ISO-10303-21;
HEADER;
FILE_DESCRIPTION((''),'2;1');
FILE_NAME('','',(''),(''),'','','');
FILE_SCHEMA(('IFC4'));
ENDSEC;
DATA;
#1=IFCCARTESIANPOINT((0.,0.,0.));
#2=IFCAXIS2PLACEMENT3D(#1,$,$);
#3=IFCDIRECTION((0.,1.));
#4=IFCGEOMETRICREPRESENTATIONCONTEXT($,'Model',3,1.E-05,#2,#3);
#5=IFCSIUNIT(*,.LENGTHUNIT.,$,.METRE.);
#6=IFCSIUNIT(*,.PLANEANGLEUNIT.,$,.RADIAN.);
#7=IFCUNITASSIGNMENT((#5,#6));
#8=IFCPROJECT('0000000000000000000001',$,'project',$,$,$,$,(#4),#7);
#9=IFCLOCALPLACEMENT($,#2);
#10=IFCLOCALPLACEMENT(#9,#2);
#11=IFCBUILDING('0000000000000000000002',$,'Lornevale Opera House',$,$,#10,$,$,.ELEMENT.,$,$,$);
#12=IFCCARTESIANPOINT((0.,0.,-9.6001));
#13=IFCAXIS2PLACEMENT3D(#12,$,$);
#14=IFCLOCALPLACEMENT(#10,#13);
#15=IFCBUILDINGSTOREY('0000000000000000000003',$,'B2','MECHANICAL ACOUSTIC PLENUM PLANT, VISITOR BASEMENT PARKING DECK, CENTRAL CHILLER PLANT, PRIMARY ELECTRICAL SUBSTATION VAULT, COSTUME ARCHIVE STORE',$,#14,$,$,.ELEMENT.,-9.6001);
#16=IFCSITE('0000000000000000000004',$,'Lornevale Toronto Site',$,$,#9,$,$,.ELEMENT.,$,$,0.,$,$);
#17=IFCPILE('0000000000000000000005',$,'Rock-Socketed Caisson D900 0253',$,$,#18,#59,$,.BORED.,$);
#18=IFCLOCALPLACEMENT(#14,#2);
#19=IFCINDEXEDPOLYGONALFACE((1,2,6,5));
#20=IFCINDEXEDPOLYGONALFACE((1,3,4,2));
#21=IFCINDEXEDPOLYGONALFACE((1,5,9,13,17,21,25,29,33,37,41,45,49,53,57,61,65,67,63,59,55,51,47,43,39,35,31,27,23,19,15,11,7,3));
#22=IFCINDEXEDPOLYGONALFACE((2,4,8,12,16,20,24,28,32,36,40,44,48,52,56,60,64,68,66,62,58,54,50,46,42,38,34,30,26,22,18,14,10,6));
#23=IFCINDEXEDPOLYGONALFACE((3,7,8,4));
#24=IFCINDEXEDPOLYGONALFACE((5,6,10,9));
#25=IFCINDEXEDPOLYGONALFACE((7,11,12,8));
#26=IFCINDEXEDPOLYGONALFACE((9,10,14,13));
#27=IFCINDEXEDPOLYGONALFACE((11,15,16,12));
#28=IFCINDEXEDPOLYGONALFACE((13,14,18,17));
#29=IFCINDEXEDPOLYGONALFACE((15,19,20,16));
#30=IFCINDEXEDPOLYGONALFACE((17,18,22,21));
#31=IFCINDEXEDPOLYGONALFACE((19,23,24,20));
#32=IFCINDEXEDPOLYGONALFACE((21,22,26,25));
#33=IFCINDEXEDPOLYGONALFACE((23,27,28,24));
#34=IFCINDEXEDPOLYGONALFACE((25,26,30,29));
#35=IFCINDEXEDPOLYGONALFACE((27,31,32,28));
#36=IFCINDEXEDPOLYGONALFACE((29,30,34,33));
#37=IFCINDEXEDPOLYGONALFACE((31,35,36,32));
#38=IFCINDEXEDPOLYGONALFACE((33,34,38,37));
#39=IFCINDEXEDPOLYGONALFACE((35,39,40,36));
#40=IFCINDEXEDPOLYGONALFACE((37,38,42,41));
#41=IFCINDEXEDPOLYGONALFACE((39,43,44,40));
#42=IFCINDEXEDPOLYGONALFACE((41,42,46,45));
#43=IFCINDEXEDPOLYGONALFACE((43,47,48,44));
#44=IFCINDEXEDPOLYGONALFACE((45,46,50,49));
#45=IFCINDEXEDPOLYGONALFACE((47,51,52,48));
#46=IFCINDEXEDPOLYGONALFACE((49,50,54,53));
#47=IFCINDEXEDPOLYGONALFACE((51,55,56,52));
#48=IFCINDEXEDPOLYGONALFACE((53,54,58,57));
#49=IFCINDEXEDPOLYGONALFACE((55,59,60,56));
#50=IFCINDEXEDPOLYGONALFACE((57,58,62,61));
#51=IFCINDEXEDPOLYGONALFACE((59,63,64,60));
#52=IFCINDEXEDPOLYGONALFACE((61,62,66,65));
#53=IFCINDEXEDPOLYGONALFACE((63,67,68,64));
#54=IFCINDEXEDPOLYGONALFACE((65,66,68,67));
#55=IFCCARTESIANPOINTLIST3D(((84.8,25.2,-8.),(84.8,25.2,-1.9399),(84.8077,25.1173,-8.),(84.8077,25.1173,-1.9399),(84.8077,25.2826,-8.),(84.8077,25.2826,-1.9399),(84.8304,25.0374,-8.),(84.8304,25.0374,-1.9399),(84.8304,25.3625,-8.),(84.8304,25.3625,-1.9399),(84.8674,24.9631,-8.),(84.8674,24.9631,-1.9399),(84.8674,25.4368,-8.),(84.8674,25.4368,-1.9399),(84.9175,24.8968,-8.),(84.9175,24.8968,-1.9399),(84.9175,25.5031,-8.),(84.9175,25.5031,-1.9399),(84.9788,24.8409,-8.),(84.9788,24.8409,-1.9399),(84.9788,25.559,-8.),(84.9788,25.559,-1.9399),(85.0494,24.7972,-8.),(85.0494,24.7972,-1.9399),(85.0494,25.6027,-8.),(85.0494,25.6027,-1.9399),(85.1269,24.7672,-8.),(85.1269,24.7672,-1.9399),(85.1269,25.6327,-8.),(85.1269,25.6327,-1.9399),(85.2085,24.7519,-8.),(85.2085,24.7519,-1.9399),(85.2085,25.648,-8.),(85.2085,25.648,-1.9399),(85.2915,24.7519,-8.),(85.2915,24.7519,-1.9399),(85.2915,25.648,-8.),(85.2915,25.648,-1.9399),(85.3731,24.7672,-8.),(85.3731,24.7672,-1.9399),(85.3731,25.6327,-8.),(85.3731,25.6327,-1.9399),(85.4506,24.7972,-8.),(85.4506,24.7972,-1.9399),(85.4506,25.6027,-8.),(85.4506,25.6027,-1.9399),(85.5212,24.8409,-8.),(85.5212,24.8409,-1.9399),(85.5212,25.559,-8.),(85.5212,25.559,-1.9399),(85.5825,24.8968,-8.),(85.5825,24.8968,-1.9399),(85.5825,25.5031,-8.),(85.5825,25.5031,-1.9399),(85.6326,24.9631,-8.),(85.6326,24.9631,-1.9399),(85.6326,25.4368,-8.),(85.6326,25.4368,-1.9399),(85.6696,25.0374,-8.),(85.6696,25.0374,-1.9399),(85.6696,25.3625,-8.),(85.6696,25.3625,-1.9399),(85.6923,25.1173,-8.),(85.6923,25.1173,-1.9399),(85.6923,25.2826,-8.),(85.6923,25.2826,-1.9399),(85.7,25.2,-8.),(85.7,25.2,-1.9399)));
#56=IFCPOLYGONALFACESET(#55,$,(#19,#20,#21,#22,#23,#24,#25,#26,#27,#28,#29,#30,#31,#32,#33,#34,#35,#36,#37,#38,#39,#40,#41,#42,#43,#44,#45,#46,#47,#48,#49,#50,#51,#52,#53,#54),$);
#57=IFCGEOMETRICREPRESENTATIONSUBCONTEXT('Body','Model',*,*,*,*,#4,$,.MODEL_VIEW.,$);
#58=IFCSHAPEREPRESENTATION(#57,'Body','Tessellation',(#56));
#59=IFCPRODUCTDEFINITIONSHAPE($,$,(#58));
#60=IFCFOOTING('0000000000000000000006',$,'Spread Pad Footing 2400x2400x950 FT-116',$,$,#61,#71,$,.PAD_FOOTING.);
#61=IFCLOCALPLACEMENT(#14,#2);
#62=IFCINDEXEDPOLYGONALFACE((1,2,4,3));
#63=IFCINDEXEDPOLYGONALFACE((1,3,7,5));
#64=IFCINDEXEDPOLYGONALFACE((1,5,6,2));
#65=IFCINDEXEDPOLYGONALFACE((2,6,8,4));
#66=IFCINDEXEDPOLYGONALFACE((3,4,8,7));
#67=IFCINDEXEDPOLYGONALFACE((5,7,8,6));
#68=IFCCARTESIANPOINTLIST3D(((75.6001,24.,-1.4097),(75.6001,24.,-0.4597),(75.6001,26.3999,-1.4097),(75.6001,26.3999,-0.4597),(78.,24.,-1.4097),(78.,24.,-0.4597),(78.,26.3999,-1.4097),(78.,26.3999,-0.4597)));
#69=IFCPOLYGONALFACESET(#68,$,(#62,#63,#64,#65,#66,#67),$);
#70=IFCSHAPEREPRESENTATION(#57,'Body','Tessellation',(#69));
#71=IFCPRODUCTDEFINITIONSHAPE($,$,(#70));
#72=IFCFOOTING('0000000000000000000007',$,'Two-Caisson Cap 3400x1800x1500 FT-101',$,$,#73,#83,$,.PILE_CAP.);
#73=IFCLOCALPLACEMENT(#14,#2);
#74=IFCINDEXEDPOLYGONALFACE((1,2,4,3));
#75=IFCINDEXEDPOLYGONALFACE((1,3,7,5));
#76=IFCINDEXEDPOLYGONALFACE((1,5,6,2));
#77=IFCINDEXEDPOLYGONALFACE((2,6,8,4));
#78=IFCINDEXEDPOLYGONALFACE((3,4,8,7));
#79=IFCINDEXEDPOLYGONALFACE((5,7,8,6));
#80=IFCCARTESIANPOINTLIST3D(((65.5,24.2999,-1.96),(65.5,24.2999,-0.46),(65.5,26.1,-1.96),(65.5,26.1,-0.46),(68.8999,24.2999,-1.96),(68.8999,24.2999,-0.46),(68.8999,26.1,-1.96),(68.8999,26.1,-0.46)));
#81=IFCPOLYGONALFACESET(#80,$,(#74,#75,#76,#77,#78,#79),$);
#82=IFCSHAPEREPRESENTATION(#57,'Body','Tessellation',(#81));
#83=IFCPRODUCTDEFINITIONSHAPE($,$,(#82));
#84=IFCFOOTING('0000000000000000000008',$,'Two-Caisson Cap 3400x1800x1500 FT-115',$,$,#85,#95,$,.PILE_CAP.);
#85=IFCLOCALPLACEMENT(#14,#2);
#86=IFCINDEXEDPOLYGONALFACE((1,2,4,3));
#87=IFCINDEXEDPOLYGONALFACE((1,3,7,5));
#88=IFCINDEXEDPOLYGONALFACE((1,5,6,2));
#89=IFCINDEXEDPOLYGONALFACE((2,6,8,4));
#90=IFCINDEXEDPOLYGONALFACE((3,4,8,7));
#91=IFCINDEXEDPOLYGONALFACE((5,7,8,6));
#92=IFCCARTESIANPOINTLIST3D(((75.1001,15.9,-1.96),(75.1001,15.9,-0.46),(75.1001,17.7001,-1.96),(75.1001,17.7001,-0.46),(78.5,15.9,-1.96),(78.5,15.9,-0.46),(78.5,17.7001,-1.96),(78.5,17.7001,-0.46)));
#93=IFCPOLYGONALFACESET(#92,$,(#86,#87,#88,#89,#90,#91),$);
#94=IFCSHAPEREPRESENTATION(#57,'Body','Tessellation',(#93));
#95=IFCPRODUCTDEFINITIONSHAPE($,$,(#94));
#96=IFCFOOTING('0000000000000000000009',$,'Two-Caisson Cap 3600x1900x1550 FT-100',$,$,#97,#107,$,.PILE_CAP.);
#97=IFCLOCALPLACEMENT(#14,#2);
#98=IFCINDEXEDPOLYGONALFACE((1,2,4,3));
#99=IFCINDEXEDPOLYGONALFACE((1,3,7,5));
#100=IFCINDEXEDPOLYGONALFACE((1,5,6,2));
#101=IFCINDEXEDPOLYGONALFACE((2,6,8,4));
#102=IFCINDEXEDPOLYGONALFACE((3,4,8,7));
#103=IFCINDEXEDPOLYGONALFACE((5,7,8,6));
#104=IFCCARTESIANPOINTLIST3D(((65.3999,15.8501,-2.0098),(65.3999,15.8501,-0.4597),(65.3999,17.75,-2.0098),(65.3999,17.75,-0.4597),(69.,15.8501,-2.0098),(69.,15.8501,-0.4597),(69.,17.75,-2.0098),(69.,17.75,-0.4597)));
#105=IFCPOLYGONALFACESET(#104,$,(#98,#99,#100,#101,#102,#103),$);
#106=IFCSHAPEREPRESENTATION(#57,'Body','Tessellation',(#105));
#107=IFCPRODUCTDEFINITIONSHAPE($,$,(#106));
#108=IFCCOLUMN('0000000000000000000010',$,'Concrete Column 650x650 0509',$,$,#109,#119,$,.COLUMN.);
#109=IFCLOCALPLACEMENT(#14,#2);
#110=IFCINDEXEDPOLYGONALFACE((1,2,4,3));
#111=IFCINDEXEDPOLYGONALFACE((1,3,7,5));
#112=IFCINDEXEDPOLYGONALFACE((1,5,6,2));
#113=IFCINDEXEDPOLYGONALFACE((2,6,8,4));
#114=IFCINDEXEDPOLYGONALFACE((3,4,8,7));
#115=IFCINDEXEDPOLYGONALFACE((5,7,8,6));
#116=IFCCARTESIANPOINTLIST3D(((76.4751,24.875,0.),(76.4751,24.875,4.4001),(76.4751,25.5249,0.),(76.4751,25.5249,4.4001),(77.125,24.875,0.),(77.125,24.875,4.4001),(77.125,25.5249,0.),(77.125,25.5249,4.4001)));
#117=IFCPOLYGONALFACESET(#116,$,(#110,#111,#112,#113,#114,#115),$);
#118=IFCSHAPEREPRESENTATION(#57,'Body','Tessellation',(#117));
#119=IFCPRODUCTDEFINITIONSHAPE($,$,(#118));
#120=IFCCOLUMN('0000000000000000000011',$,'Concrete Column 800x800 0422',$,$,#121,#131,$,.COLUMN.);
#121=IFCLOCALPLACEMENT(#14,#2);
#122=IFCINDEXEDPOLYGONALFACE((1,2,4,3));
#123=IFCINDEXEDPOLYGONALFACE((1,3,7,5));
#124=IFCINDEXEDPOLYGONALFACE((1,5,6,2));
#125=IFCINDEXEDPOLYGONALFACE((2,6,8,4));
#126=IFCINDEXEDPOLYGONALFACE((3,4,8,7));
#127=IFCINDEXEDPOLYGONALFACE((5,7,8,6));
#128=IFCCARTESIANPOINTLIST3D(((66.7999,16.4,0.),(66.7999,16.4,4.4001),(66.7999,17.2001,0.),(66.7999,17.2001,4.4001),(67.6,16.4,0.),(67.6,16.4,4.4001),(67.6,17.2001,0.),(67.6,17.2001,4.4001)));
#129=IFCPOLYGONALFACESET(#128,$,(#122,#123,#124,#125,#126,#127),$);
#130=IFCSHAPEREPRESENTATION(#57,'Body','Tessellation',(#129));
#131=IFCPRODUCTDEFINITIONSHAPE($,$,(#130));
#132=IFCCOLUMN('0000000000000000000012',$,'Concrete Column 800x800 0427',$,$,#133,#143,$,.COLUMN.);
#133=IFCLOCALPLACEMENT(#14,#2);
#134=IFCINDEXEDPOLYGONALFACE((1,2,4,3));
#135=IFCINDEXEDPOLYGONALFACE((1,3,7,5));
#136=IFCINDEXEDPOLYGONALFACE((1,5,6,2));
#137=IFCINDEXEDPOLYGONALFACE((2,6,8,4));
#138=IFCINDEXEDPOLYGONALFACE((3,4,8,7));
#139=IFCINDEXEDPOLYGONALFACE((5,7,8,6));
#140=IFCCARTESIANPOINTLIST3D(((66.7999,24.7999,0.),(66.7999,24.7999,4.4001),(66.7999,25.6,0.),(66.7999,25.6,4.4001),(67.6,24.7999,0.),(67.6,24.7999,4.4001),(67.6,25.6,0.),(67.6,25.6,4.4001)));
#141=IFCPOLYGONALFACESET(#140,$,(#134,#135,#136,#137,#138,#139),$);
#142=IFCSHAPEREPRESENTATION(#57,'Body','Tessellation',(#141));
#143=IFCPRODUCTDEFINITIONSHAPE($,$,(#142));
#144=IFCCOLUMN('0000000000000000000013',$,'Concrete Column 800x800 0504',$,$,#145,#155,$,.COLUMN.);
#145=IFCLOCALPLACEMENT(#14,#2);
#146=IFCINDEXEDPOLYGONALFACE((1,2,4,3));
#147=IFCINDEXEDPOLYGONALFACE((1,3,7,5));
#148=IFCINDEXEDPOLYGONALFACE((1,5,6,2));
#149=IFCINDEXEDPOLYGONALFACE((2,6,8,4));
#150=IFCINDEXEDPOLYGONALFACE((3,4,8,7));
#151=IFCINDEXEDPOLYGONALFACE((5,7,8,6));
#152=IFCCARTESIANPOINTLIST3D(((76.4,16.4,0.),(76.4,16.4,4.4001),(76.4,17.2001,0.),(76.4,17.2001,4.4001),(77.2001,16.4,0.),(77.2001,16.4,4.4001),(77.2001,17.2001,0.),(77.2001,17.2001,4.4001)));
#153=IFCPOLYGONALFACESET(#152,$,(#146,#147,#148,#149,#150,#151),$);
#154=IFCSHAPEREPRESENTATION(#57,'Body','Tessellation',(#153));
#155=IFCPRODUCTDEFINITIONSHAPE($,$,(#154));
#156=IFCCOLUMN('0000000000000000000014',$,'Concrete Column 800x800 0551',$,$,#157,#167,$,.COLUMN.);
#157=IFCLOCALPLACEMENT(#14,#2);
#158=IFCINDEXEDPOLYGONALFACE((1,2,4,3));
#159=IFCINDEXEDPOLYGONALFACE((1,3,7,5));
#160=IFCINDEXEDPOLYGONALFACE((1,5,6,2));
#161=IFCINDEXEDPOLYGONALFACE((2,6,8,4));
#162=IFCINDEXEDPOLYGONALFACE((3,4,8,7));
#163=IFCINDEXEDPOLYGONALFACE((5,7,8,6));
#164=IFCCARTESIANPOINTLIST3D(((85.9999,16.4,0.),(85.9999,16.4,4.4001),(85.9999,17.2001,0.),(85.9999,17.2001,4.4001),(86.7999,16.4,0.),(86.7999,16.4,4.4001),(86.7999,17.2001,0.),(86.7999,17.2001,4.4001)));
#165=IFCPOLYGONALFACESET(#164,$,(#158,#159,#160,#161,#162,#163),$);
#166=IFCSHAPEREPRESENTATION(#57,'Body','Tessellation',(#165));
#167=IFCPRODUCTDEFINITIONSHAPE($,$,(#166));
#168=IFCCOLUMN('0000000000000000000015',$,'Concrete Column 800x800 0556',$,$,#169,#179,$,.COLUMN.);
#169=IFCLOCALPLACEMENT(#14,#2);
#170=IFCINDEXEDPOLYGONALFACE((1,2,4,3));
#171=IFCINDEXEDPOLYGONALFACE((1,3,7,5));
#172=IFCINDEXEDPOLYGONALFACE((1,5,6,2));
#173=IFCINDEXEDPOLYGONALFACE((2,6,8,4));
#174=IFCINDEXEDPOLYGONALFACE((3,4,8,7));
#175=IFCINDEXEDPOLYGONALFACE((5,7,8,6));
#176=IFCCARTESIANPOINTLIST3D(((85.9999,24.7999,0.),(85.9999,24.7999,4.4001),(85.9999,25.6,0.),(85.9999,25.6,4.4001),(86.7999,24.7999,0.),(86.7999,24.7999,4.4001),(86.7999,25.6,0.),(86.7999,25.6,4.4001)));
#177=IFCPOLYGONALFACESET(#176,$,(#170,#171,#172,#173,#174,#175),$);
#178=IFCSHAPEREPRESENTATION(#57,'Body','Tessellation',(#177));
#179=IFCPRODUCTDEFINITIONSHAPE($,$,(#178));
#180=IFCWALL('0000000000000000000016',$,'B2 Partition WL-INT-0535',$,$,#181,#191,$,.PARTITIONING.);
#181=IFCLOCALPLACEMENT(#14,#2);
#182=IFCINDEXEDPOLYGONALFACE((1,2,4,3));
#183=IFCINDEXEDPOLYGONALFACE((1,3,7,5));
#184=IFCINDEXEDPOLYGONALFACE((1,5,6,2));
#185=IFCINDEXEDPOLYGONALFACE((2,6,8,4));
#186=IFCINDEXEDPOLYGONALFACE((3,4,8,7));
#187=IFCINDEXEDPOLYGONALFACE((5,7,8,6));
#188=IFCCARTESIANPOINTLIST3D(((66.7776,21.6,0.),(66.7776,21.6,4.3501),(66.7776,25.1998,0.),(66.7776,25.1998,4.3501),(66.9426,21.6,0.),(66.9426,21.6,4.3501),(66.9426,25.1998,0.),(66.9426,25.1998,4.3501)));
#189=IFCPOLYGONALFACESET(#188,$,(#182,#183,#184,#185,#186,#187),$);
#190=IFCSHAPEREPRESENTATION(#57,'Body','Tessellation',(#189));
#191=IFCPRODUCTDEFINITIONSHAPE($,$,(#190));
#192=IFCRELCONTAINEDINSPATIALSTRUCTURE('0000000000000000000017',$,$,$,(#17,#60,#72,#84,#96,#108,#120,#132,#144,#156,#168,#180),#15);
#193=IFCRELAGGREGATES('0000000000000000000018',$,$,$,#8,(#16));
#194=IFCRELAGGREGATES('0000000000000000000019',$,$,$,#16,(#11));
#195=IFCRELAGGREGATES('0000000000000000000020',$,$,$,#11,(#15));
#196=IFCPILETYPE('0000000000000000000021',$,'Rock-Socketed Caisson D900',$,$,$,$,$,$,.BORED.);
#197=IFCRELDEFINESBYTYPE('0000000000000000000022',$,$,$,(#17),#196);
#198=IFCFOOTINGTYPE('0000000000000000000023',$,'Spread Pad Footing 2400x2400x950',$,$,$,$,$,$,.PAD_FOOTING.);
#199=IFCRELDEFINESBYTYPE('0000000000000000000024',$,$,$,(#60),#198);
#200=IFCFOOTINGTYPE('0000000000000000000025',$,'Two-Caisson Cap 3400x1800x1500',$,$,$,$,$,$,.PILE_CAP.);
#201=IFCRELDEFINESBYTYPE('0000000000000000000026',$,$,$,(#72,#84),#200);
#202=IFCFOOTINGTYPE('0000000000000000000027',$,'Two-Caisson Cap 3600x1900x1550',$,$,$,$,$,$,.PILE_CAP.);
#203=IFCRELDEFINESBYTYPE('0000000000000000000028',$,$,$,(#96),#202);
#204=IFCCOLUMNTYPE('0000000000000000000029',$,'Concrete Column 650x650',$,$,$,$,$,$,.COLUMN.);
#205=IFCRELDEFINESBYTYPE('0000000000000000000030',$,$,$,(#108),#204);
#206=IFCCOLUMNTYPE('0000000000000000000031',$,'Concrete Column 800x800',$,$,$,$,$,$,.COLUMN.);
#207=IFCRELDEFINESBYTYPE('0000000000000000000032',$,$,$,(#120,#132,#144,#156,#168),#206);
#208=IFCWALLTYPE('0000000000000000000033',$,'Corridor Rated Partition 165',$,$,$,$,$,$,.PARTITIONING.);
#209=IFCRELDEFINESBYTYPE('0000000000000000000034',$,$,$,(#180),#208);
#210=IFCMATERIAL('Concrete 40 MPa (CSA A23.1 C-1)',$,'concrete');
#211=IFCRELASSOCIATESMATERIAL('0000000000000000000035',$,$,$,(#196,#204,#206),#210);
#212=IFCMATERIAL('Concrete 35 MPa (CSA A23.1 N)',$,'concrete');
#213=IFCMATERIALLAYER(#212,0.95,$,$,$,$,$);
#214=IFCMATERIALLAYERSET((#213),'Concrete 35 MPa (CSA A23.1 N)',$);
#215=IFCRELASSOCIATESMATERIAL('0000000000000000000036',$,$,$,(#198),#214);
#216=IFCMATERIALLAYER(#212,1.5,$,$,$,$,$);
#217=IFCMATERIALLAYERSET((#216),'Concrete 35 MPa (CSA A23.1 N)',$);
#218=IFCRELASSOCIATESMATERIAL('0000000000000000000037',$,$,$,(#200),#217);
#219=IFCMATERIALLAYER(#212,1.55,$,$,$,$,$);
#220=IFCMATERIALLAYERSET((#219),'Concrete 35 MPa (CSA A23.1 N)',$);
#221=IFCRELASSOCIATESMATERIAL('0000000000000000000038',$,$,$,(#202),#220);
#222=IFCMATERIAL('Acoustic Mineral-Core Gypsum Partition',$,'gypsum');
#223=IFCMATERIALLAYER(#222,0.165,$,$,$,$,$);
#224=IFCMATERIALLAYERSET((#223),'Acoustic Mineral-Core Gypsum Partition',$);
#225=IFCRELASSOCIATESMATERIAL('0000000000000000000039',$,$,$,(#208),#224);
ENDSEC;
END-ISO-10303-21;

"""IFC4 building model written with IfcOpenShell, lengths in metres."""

from ifc_helpers import new_model, si_unit, direction, frame, frame_2d, origin, origin_2d, place, context, subcontext, project, spatial, rectangle, circle, extrude, material, layer, layer_set, material_profile, profile_set, type_object, element, save


model = new_model("IFC4")

# Units and contexts
model_context = context("Model", 3, precision=1e-05, world=origin(), true_north=direction((0.0, 1.0)))
body_context = subcontext(model_context, "Body", "Model", "MODEL_VIEW")
ifc_project = project(units=[si_unit("LENGTHUNIT", "METRE"), si_unit("PLANEANGLEUNIT", "RADIAN")], contexts=[model_context])

# Site, building, storey
site_placement = place(None, origin())
site = spatial("IfcSite", under=ifc_project, at=site_placement, Name="Lornevale Toronto Site", CompositionType="ELEMENT", RefElevation=0.0)
building_placement = place(site_placement, origin())
building = spatial("IfcBuilding", under=site, at=building_placement, Name="Lornevale Opera House", CompositionType="ELEMENT")
storey_placement = place(building_placement, frame((0.0, 0.0, -9.6001)))
storey = spatial("IfcBuildingStorey", under=building, at=storey_placement, Name="B2", Description="MECHANICAL ACOUSTIC PLENUM PLANT, VISITOR BASEMENT PARKING DECK, CENTRAL CHILLER PLANT, PRIMARY ELECTRICAL SUBSTATION VAULT, COSTUME ARCHIVE STORE", CompositionType="ELEMENT", Elevation=-9.6001)

# Shared definitions
ifc_material_1 = material(Name="Concrete 35 MPa (CSA A23.1 N)", Category="concrete")

# Pile
ifc_material_2 = material(Name="Concrete 40 MPa (CSA A23.1 C-1)", Category="concrete")
ifc_material_profile_1 = material_profile(ifc_material_2, circle(Radius=0.45, at=origin_2d()), Name="CAIS900")
ifc_profile_set_1 = profile_set([ifc_material_profile_1], Name="Concrete 40 MPa (CSA A23.1 C-1)")
pile_type_1 = type_object("IfcPileType", Name="Rock-Socketed Caisson D900", PredefinedType="BORED", material=ifc_profile_set_1)
pile_1_placement = place(storey_placement, frame((85.25, 25.2, -1.9399), z_axis=(0.0, 0.0, -1.0), x_axis=(1.0, 0.0, 0.0)))
element("IfcPile", 1, at=pile_1_placement, inside=storey, type_object=pile_type_1, Name="Rock-Socketed Caisson D900 0253", PredefinedType="BORED", context=body_context, shape_type="SweptSolid", body=[
    extrude(circle(Radius=0.45, at=origin_2d()), origin(), (0.0, 0.0, 1.0), 6.0601),
])

# Footings
ifc_layer_1 = layer(ifc_material_1, 0.95)
ifc_layer_set_1 = layer_set([ifc_layer_1], Name="Concrete 35 MPa (CSA A23.1 N)")
footing_type_1 = type_object("IfcFootingType", Name="Spread Pad Footing 2400x2400x950", PredefinedType="PAD_FOOTING", material=ifc_layer_set_1)
footing_1_placement = place(storey_placement, frame((76.8, 25.2, -1.4097), z_axis=(0.0, 0.0, 1.0), x_axis=(1.0, 0.0, 0.0)))
element("IfcFooting", 2, at=footing_1_placement, inside=storey, type_object=footing_type_1, Name="Spread Pad Footing 2400x2400x950 FT-116", PredefinedType="PAD_FOOTING", context=body_context, shape_type="SweptSolid", body=[
    extrude(rectangle(XDim=2.3999, YDim=2.3999, at=origin_2d()), origin(), (0.0, 0.0, 1.0), 0.95),
])
ifc_layer_2 = layer(ifc_material_1, 1.5)
ifc_layer_set_2 = layer_set([ifc_layer_2], Name="Concrete 35 MPa (CSA A23.1 N)")
footing_type_2 = type_object("IfcFootingType", Name="Two-Caisson Cap 3400x1800x1500", PredefinedType="PILE_CAP", material=ifc_layer_set_2)
for number, where, z_axis, x_axis, name in (
    (3, (67.2, 25.2, -1.96), (0.0, 0.0, 1.0), (1.0, 0.0, 0.0), "Two-Caisson Cap 3400x1800x1500 FT-101"),
    (4, (76.8, 16.8, -1.96), (0.0, 0.0, 1.0), (1.0, 0.0, 0.0), "Two-Caisson Cap 3400x1800x1500 FT-115"),
):
    element("IfcFooting", number, at=place(storey_placement, frame(where, z_axis=z_axis, x_axis=x_axis)), inside=storey, type_object=footing_type_2, Name=name, PredefinedType="PILE_CAP", context=body_context, shape_type="SweptSolid", body=[
        extrude(rectangle(XDim=3.3999, YDim=1.8, at=origin_2d()), origin(), (0.0, 0.0, 1.0), 1.5),
    ])
ifc_layer_3 = layer(ifc_material_1, 1.55)
ifc_layer_set_3 = layer_set([ifc_layer_3], Name="Concrete 35 MPa (CSA A23.1 N)")
footing_type_3 = type_object("IfcFootingType", Name="Two-Caisson Cap 3600x1900x1550", PredefinedType="PILE_CAP", material=ifc_layer_set_3)
footing_2_placement = place(storey_placement, frame((67.2, 16.8, -2.0098), z_axis=(0.0, 0.0, 1.0), x_axis=(1.0, 0.0, 0.0)))
element("IfcFooting", 5, at=footing_2_placement, inside=storey, type_object=footing_type_3, Name="Two-Caisson Cap 3600x1900x1550 FT-100", PredefinedType="PILE_CAP", context=body_context, shape_type="SweptSolid", body=[
    extrude(rectangle(XDim=3.6001, YDim=1.8999, at=origin_2d()), origin(), (0.0, 0.0, 1.0), 1.55),
])

# Columns
ifc_material_profile_2 = material_profile(ifc_material_2, rectangle(XDim=0.6499, YDim=0.6499, at=origin_2d()), Name="RC650x650")
ifc_profile_set_2 = profile_set([ifc_material_profile_2], Name="Concrete 40 MPa (CSA A23.1 C-1)")
column_type_1 = type_object("IfcColumnType", Name="Concrete Column 650x650", PredefinedType="COLUMN", material=ifc_profile_set_2)
column_placement = place(storey_placement, frame((76.8, 25.2, 0.0), z_axis=(0.0, 0.0, 1.0), x_axis=(1.0, 0.0, 0.0)))
element("IfcColumn", 6, at=column_placement, inside=storey, type_object=column_type_1, Name="Concrete Column 650x650 0509", PredefinedType="COLUMN", context=body_context, shape_type="SweptSolid", body=[
    extrude(rectangle(XDim=0.6499, YDim=0.6499, at=origin_2d()), origin(), (0.0, 0.0, 1.0), 4.4001),
])
ifc_material_profile_3 = material_profile(ifc_material_2, rectangle(XDim=0.8, YDim=0.8, at=origin_2d()), Name="RC800x800")
ifc_profile_set_3 = profile_set([ifc_material_profile_3], Name="Concrete 40 MPa (CSA A23.1 C-1)")
column_type_2 = type_object("IfcColumnType", Name="Concrete Column 800x800", PredefinedType="COLUMN", material=ifc_profile_set_3)
for number, where, z_axis, x_axis, name in (
    (7, (67.2, 16.8, 0.0), (0.0, 0.0, 1.0), (1.0, 0.0, 0.0), "Concrete Column 800x800 0422"),
    (8, (67.2, 25.2, 0.0), (0.0, 0.0, 1.0), (1.0, 0.0, 0.0), "Concrete Column 800x800 0427"),
    (9, (76.8, 16.8, 0.0), (0.0, 0.0, 1.0), (1.0, 0.0, 0.0), "Concrete Column 800x800 0504"),
    (10, (86.3999, 16.8, 0.0), (0.0, 0.0, 1.0), (1.0, 0.0, 0.0), "Concrete Column 800x800 0551"),
    (11, (86.3999, 25.2, 0.0), (0.0, 0.0, 1.0), (1.0, 0.0, 0.0), "Concrete Column 800x800 0556"),
):
    element("IfcColumn", number, at=place(storey_placement, frame(where, z_axis=z_axis, x_axis=x_axis)), inside=storey, type_object=column_type_2, Name=name, PredefinedType="COLUMN", context=body_context, shape_type="SweptSolid", body=[
        extrude(rectangle(XDim=0.8, YDim=0.8, at=origin_2d()), origin(), (0.0, 0.0, 1.0), 4.4001),
    ])

# Wall
ifc_material_3 = material(Name="Acoustic Mineral-Core Gypsum Partition", Category="gypsum")
ifc_layer_4 = layer(ifc_material_3, 0.165)
ifc_layer_set_4 = layer_set([ifc_layer_4], Name="Acoustic Mineral-Core Gypsum Partition")
wall_type = type_object("IfcWallType", Name="Corridor Rated Partition 165", PredefinedType="PARTITIONING", material=ifc_layer_set_4)
wall_placement = place(storey_placement, frame((66.8601, 21.6001, 0.0), z_axis=(0.0, 0.0, 1.0), x_axis=(0.0, 1.0, 0.0)))
element("IfcWall", 12, at=wall_placement, inside=storey, type_object=wall_type, Name="B2 Partition WL-INT-0535", PredefinedType="PARTITIONING", context=body_context, shape_type="SweptSolid", body=[
    extrude(rectangle(XDim=3.5999, YDim=0.165, at=frame_2d((1.7998, 0.0))), origin(), (0.0, 0.0, 1.0), 4.3501),
])

save(model, "model.ifc")
